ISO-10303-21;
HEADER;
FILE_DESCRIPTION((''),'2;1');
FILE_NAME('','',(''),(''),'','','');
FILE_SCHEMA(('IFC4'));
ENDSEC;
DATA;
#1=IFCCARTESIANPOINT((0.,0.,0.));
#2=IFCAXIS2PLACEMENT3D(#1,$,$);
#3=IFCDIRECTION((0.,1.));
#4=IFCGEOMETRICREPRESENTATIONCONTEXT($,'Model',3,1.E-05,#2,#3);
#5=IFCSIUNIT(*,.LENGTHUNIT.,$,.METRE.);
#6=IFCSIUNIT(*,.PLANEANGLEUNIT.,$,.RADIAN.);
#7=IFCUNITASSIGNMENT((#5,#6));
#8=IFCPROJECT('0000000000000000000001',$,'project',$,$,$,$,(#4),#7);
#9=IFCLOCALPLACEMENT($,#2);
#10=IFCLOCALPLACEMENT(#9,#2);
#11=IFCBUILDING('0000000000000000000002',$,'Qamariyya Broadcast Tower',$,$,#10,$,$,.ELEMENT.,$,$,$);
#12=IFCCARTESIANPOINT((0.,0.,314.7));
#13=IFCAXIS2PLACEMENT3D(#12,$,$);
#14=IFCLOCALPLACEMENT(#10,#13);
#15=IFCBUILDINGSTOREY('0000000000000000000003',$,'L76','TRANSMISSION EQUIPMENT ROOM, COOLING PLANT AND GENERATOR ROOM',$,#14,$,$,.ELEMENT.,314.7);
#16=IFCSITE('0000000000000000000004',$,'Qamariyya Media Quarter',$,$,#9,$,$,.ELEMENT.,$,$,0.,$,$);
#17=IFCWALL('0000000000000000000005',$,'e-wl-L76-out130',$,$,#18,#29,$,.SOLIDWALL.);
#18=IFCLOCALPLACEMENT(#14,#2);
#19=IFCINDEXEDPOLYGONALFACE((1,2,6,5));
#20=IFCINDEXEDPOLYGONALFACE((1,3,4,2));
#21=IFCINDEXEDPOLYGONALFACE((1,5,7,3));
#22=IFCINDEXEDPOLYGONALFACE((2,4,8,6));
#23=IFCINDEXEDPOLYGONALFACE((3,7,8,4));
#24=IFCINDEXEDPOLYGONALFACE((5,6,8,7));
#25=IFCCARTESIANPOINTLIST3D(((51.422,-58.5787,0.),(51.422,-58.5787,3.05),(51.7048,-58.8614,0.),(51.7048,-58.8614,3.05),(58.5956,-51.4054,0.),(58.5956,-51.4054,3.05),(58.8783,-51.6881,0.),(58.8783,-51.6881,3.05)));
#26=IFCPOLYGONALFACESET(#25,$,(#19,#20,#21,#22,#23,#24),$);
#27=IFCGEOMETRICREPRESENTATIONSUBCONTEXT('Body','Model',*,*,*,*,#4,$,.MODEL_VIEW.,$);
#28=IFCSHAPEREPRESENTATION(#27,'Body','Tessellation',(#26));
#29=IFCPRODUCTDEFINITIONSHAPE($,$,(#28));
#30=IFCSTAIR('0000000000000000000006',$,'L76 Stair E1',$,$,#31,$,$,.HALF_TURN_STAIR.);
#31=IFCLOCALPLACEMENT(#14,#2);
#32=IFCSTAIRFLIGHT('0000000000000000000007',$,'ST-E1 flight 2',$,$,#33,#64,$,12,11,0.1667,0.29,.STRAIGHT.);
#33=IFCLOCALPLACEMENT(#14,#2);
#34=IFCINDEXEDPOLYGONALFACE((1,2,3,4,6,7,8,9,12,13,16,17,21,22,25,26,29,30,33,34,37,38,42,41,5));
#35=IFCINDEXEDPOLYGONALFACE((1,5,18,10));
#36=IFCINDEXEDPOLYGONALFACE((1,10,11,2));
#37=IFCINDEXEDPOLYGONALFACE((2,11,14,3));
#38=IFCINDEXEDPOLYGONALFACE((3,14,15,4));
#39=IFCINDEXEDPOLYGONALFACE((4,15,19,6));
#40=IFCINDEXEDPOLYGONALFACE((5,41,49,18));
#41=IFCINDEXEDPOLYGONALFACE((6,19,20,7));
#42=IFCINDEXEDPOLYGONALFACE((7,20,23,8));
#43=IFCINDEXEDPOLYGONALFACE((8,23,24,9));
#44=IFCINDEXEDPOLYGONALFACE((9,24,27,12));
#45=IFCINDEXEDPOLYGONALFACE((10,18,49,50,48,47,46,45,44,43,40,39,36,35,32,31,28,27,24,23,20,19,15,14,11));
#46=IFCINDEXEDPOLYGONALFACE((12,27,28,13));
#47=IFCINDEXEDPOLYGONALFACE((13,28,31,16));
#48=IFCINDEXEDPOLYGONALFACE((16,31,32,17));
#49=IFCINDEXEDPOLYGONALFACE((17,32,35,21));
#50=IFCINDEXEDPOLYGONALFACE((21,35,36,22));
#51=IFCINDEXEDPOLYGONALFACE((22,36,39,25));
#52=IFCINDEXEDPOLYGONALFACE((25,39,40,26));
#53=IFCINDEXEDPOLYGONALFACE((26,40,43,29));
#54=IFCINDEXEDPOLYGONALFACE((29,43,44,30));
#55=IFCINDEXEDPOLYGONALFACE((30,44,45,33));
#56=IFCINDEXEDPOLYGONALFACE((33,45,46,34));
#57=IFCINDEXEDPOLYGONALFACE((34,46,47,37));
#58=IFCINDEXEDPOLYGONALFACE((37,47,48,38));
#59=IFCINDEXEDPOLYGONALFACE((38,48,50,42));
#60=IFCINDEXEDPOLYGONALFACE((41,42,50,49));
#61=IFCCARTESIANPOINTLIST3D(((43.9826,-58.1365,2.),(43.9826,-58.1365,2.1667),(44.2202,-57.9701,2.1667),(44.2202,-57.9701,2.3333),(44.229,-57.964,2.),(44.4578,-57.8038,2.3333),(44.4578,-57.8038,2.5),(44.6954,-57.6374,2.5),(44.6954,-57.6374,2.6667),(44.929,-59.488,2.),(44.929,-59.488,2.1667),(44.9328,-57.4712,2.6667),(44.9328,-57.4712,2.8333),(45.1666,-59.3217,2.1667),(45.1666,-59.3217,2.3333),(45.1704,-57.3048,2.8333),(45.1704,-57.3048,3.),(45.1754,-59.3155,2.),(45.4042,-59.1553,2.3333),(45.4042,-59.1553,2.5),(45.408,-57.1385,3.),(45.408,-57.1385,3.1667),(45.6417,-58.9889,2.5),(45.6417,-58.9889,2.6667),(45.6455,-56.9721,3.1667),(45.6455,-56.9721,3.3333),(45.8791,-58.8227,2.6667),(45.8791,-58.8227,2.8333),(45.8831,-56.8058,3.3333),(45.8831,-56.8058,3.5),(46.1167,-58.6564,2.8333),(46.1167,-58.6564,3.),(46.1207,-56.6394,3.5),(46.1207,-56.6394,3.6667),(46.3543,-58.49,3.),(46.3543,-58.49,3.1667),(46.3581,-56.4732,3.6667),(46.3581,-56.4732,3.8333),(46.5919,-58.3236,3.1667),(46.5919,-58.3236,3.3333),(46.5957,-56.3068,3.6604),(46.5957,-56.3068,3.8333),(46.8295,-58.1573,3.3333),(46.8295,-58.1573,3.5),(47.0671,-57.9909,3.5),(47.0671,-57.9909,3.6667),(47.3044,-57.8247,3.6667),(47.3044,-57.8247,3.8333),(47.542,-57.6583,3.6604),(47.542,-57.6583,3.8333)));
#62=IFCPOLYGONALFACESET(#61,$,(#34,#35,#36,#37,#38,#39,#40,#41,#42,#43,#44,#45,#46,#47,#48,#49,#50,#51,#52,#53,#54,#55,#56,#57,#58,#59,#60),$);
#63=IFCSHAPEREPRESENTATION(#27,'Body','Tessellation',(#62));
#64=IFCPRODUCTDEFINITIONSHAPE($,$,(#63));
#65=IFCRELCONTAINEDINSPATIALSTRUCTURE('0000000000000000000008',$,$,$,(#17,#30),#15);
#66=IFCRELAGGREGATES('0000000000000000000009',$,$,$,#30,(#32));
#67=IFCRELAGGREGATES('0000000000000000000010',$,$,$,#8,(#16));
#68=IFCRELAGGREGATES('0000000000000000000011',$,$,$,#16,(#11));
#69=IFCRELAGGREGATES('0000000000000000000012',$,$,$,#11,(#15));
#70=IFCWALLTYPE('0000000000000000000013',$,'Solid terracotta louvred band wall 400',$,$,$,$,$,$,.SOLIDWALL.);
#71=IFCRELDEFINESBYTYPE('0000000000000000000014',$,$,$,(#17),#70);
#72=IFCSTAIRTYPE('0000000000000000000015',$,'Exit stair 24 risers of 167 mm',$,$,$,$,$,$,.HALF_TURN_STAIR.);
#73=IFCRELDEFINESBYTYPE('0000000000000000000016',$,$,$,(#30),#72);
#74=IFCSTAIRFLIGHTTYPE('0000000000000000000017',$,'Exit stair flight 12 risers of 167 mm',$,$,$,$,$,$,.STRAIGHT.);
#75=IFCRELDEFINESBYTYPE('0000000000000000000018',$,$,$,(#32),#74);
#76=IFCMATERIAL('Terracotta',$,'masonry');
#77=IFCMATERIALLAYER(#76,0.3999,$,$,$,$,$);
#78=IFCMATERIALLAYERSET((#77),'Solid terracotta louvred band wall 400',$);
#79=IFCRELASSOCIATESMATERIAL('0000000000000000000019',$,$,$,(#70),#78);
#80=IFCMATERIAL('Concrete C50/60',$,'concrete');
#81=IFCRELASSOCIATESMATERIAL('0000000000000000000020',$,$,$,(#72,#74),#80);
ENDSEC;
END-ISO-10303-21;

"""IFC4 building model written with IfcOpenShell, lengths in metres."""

from ifc_helpers import new_model, si_unit, direction, frame, frame_2d, origin, place, context, subcontext, project, spatial, polyline, rectangle, outline, extrude, material, layer, layer_set, type_object, element, aggregate, save


model = new_model("IFC4")

# Units and contexts
model_context = context("Model", 3, precision=1e-05, world=origin(), true_north=direction((0.0, 1.0)))
body_context = subcontext(model_context, "Body", "Model", "MODEL_VIEW")
ifc_project = project(units=[si_unit("LENGTHUNIT", "METRE"), si_unit("PLANEANGLEUNIT", "RADIAN")], contexts=[model_context])

# Site, building, storey
site_placement = place(None, origin())
site = spatial("IfcSite", under=ifc_project, at=site_placement, Name="Qamariyya Media Quarter", CompositionType="ELEMENT", RefElevation=0.0)
building_placement = place(site_placement, origin())
building = spatial("IfcBuilding", under=site, at=building_placement, Name="Qamariyya Broadcast Tower", CompositionType="ELEMENT")
storey_placement = place(building_placement, frame((0.0, 0.0, 314.7)))
storey = spatial("IfcBuildingStorey", under=building, at=storey_placement, Name="L76", Description="TRANSMISSION EQUIPMENT ROOM, COOLING PLANT AND GENERATOR ROOM", CompositionType="ELEMENT", Elevation=314.7)

# Shared definitions
ifc_material_1 = material(Name="Concrete C50/60", Category="concrete")

# Wall
ifc_material_2 = material(Name="Terracotta", Category="masonry")
ifc_layer_1 = layer(ifc_material_2, 0.3999)
ifc_layer_set_1 = layer_set([ifc_layer_1], Name="Solid terracotta louvred band wall 400")
wall_type_1 = type_object("IfcWallType", Name="Solid terracotta louvred band wall 400", PredefinedType="SOLIDWALL", material=ifc_layer_set_1)
wall_1_placement = place(storey_placement, frame((51.5635, -58.72, 0.0), z_axis=(0.0, 0.0, 1.0), x_axis=(0.707119, 0.707095, 0.0)))
element("IfcWall", 1, at=wall_1_placement, inside=storey, type_object=wall_type_1, Name="e-wl-L76-out130", PredefinedType="SOLIDWALL", context=body_context, shape_type="SweptSolid", body=[
    extrude(rectangle(XDim=10.1448, YDim=0.3999, at=frame_2d((5.0723, 0.0))), origin(), (0.0, 0.0, 1.0), 3.05),
])

# Stair, stair flight
stair_type = type_object("IfcStairType", Name="Exit stair 24 risers of 167 mm", PredefinedType="HALF_TURN_STAIR", material=ifc_material_1)
stair_placement = place(storey_placement, origin())
stair = element("IfcStair", 2, at=stair_placement, inside=storey, type_object=stair_type, Name="L76 Stair E1", PredefinedType="HALF_TURN_STAIR")
stair_flight_type = type_object("IfcStairFlightType", Name="Exit stair flight 12 risers of 167 mm", PredefinedType="STRAIGHT", material=ifc_material_1)
stair_flight_placement = place(storey_placement, frame((44.4558, -58.8123, 2.0), z_axis=(0.0, 0.0, 1.0), x_axis=(0.819152, 0.573576, 0.0)))
stair_flight = element("IfcStairFlight", 3, at=stair_flight_placement, type_object=stair_flight_type, Name="ST-E1 flight 2", NumberOfRisers=12, NumberOfTreads=11, PredefinedType="STRAIGHT", RiserHeight=0.1667, TreadLength=0.29, context=body_context, shape_type="SweptSolid", body=[
    extrude(outline(polyline([(0.0, 0.0), (0.0, 0.1667), (0.29, 0.1667), (0.29, 0.3333), (0.5801, 0.3333), (0.5801, 0.5), (0.8701, 0.5), (0.8701, 0.6667), (1.1599, 0.6667), (1.1599, 0.8333), (1.45, 0.8333), (1.45, 1.0), (1.74, 1.0), (1.74, 1.1667), (2.03, 1.1667), (2.03, 1.3333), (2.3201, 1.3333), (2.3201, 1.5), (2.6101, 1.5), (2.6101, 1.6667), (2.8999, 1.6667), (2.8999, 1.8333), (3.1899, 1.8333), (3.1899, 2.0), (3.1899, 1.6604), (0.3008, 0.0), (0.0, 0.0)])), frame((0.0, 0.825, 0.0), z_axis=(0.0, -1.0, 0.0), x_axis=(1.0, 0.0, 0.0)), (0.0, 0.0, 1.0), 1.6499),
])
aggregate(stair, [stair_flight])

save(model, "model.ifc")
